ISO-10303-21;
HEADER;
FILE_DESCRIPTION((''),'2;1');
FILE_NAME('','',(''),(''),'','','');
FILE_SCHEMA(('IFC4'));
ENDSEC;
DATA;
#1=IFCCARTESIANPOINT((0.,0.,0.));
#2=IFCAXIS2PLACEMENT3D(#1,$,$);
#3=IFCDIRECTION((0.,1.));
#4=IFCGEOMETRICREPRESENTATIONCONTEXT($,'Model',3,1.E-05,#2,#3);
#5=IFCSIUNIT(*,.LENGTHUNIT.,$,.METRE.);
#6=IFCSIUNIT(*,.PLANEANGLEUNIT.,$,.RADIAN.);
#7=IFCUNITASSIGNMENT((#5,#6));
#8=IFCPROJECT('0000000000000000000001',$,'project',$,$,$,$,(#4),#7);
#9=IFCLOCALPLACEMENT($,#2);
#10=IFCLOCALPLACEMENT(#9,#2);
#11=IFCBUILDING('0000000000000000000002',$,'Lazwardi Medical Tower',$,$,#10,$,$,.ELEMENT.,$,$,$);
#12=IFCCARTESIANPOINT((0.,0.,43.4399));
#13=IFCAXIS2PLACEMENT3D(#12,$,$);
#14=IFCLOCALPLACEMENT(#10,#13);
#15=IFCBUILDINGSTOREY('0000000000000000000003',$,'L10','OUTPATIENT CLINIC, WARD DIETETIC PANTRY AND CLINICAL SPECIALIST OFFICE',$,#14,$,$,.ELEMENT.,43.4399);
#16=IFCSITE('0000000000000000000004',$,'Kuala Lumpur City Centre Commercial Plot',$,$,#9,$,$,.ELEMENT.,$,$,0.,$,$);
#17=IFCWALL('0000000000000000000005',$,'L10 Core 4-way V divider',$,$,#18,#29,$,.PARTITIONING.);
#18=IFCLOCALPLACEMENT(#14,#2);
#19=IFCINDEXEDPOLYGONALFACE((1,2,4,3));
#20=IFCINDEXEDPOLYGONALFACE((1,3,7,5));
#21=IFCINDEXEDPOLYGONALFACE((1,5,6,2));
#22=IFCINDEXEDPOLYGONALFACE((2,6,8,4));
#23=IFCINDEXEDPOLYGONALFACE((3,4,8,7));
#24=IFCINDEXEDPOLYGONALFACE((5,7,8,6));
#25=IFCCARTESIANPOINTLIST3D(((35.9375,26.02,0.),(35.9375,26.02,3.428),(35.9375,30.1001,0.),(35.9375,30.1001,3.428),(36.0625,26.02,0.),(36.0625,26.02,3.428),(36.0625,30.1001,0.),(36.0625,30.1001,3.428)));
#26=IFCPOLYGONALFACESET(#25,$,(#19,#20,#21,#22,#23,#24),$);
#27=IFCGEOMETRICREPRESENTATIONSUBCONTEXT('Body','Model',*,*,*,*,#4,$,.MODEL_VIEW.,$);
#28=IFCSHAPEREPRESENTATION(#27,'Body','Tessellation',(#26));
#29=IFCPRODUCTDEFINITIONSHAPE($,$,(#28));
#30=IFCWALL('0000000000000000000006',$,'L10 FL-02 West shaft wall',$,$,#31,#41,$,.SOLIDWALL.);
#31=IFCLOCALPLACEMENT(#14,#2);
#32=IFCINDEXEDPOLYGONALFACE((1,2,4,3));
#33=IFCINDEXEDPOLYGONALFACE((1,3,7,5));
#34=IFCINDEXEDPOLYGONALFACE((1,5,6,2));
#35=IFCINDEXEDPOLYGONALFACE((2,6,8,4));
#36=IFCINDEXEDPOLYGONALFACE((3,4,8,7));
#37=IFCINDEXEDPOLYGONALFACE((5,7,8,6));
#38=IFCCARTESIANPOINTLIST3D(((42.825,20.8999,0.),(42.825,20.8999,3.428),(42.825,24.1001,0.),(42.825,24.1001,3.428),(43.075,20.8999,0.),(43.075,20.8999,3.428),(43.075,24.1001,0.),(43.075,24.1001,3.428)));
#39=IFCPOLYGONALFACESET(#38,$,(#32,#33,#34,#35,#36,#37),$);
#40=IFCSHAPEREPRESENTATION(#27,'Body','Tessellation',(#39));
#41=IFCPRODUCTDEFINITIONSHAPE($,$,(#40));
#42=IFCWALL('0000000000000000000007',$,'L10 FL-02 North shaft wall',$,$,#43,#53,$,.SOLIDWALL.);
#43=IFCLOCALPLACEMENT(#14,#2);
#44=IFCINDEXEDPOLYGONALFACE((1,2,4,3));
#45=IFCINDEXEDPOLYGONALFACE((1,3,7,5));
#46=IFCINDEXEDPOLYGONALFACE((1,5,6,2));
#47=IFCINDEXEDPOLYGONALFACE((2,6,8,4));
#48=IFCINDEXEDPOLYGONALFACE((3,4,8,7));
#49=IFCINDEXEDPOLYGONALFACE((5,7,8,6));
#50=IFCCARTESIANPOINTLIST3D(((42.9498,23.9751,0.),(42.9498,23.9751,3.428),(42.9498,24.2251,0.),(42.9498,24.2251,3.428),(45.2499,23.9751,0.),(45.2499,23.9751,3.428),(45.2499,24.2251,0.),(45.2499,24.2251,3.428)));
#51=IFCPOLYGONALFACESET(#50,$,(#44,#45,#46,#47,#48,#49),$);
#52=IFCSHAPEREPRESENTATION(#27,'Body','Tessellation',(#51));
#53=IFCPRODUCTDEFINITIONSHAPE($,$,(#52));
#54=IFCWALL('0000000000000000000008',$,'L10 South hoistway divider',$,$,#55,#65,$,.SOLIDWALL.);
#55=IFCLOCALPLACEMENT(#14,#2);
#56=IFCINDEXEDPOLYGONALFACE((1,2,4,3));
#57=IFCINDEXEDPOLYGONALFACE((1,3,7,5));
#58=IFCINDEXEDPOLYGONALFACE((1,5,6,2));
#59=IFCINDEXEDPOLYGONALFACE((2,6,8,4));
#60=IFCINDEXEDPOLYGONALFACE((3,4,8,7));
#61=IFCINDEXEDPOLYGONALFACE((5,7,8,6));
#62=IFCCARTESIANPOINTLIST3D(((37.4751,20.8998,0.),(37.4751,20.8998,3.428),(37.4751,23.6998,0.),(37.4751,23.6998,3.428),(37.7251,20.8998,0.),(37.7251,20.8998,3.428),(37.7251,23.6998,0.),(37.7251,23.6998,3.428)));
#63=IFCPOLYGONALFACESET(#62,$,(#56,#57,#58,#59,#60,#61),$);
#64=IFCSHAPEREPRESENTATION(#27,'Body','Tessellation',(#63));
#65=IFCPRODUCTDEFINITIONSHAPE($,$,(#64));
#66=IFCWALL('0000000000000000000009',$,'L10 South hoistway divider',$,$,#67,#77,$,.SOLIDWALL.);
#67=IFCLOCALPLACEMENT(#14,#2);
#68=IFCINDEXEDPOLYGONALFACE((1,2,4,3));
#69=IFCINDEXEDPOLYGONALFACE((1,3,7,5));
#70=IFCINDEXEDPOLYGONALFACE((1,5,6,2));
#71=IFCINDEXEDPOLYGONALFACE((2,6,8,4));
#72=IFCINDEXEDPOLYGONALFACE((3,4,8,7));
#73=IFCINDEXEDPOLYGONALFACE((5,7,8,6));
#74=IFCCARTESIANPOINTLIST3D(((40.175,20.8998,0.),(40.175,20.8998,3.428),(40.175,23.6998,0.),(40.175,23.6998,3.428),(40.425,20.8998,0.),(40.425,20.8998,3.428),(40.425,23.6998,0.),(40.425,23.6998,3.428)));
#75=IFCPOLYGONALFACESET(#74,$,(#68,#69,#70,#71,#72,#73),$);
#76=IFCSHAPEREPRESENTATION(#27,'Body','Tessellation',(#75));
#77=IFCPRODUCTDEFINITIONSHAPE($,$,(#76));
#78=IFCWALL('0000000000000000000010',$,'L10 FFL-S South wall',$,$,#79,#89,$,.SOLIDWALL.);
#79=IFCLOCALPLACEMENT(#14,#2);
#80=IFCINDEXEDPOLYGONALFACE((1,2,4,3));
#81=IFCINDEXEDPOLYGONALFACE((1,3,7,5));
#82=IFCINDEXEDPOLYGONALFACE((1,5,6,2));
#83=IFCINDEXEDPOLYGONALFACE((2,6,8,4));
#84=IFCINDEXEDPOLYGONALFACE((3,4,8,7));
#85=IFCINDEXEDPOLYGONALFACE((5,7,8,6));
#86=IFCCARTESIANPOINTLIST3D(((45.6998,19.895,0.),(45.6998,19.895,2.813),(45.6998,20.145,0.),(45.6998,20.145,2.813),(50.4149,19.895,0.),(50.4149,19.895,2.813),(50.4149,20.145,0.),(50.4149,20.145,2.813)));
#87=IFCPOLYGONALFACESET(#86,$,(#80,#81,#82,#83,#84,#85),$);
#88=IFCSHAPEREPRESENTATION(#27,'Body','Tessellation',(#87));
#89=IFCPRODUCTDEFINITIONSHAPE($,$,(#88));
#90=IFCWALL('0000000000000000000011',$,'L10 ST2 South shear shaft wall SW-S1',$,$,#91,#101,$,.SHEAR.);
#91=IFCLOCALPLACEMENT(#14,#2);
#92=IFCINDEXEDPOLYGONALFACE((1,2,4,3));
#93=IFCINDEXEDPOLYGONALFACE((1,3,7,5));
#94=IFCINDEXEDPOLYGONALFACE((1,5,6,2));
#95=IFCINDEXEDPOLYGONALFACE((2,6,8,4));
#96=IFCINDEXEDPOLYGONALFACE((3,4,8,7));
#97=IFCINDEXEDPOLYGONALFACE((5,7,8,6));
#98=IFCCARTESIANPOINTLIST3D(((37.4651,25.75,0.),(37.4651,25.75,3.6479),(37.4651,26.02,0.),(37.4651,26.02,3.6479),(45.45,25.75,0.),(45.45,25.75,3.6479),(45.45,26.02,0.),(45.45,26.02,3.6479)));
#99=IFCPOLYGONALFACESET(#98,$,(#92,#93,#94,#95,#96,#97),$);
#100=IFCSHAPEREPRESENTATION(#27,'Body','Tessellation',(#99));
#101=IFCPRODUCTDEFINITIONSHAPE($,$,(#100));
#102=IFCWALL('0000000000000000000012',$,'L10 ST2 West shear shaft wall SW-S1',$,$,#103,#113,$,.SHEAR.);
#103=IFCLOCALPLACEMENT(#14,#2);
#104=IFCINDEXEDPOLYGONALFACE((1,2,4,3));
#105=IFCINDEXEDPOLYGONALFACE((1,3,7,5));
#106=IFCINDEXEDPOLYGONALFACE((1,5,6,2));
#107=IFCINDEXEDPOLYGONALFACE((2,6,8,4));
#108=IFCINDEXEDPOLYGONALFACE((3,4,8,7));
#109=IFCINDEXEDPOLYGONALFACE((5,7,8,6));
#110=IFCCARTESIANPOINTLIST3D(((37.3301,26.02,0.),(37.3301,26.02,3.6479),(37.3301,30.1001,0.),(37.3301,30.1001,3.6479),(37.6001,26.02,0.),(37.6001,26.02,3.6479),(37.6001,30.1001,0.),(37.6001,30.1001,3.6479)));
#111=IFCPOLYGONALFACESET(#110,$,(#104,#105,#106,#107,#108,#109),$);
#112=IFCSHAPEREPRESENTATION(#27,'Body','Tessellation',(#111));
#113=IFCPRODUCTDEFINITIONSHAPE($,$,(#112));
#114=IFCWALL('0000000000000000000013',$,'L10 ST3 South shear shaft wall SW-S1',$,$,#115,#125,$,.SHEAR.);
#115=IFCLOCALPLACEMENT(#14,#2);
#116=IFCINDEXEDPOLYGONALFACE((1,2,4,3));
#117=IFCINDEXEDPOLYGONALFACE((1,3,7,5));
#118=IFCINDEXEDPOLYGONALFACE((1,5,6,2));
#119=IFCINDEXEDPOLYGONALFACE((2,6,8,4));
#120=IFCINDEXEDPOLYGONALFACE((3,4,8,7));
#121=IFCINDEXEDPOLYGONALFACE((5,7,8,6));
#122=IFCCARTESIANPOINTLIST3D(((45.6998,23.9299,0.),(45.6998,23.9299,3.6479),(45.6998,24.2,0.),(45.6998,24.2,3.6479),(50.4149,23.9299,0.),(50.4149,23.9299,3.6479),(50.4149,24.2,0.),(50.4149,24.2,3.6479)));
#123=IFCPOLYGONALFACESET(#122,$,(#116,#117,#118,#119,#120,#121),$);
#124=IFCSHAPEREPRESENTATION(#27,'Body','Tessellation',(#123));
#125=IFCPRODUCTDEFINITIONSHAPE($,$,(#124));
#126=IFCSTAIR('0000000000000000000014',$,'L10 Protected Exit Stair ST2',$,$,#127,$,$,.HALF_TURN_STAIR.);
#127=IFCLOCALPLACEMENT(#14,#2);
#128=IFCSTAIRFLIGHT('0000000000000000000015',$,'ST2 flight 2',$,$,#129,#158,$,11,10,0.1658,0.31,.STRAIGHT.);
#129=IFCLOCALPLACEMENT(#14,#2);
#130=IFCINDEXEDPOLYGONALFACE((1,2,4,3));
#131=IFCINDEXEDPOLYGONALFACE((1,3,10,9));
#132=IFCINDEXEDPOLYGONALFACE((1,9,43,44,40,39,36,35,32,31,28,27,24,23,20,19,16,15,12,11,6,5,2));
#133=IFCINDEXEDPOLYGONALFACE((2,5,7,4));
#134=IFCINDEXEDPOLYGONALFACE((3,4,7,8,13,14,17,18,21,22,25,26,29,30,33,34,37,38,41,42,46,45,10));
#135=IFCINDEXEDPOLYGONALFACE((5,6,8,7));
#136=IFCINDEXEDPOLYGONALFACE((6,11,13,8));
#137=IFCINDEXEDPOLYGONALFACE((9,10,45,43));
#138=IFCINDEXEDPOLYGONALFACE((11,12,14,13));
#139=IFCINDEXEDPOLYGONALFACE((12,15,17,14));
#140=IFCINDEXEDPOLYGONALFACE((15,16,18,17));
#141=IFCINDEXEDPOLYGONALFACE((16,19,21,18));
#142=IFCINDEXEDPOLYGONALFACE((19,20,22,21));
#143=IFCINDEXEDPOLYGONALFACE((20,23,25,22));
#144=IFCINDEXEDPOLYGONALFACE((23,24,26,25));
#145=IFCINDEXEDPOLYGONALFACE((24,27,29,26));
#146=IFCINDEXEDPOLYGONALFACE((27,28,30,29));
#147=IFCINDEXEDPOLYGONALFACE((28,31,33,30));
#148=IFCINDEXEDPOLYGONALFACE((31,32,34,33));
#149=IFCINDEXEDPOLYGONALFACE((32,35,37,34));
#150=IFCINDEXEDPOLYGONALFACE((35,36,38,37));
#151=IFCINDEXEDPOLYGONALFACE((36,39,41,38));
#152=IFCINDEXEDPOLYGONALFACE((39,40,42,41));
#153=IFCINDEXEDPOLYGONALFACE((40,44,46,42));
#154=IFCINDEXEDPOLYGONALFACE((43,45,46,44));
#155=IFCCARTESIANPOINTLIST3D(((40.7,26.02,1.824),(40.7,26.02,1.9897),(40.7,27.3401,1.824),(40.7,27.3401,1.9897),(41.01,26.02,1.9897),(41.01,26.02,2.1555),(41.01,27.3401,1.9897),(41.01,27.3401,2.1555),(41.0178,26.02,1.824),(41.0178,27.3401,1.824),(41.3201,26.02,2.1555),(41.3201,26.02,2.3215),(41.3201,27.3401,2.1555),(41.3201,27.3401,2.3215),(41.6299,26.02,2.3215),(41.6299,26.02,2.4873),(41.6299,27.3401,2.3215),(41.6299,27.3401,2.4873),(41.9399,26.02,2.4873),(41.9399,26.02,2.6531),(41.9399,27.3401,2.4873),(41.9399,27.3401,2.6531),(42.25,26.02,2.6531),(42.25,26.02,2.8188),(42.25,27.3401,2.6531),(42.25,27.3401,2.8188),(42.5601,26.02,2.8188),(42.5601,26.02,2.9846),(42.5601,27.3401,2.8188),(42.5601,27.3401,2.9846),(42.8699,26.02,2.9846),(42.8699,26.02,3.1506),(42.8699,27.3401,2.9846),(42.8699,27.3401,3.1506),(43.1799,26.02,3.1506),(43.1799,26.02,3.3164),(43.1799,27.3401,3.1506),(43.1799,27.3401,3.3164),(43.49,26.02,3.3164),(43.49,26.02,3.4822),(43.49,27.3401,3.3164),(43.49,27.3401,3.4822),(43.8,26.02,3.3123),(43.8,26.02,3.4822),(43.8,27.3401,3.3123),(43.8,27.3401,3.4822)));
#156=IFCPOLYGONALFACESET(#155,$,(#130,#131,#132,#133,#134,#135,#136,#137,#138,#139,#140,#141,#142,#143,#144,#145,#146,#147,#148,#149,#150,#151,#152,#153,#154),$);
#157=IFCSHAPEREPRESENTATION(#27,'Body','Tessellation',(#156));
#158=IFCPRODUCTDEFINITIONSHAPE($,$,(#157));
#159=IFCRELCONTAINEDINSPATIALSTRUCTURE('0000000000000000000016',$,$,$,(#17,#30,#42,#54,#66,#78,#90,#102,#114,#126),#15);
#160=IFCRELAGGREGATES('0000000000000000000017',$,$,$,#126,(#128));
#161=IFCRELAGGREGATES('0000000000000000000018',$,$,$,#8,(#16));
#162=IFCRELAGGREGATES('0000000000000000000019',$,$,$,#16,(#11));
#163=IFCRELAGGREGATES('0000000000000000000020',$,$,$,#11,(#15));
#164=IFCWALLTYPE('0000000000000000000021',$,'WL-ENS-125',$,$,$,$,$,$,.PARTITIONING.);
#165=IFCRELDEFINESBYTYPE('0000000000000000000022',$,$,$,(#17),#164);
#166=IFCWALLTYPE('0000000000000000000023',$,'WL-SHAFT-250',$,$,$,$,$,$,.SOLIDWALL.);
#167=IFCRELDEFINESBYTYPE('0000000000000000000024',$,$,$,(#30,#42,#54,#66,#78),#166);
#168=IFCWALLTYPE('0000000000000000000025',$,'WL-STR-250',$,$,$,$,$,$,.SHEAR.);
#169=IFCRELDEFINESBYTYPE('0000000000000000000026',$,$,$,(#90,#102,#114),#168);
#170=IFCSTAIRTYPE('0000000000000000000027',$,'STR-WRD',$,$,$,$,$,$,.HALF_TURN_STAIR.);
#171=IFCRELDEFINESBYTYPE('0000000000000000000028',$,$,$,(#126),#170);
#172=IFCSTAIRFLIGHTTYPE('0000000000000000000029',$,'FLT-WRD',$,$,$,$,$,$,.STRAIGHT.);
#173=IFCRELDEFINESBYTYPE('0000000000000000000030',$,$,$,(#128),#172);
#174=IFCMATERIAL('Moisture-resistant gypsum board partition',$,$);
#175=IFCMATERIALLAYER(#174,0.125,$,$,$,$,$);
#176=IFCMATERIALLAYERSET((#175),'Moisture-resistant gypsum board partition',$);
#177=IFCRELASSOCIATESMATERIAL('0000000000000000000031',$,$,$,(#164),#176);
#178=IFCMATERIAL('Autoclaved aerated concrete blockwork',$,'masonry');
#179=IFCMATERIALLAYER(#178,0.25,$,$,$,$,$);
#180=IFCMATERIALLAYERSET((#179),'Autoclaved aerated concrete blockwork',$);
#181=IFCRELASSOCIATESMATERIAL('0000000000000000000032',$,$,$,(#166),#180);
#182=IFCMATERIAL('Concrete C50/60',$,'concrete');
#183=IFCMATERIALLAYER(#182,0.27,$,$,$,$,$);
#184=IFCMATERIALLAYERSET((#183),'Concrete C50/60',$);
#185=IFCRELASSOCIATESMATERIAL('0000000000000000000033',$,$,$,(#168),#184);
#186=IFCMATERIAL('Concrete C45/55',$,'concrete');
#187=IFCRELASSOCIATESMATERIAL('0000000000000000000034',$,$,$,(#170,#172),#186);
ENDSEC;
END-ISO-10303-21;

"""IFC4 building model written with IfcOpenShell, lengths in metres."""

from ifc_helpers import new_model, si_unit, direction, frame, frame_2d, origin, place, context, subcontext, project, spatial, polyline, rectangle, outline, extrude, material, layer, layer_set, type_object, element, aggregate, save


model = new_model("IFC4")

# Units and contexts
model_context = context("Model", 3, precision=1e-05, world=origin(), true_north=direction((0.0, 1.0)))
body_context = subcontext(model_context, "Body", "Model", "MODEL_VIEW")
ifc_project = project(units=[si_unit("LENGTHUNIT", "METRE"), si_unit("PLANEANGLEUNIT", "RADIAN")], contexts=[model_context])

# Site, building, storey
site_placement = place(None, origin())
site = spatial("IfcSite", under=ifc_project, at=site_placement, Name="Kuala Lumpur City Centre Commercial Plot", CompositionType="ELEMENT", RefElevation=0.0)
building_placement = place(site_placement, origin())
building = spatial("IfcBuilding", under=site, at=building_placement, Name="Lazwardi Medical Tower", CompositionType="ELEMENT")
storey_placement = place(building_placement, frame((0.0, 0.0, 43.4399)))
storey = spatial("IfcBuildingStorey", under=building, at=storey_placement, Name="L10", Description="OUTPATIENT CLINIC, WARD DIETETIC PANTRY AND CLINICAL SPECIALIST OFFICE", CompositionType="ELEMENT", Elevation=43.4399)

# Walls
ifc_material_1 = material(Name="Moisture-resistant gypsum board partition")
ifc_layer_1 = layer(ifc_material_1, 0.125)
ifc_layer_set_1 = layer_set([ifc_layer_1], Name="Moisture-resistant gypsum board partition")
wall_type_1 = type_object("IfcWallType", Name="WL-ENS-125", PredefinedType="PARTITIONING", material=ifc_layer_set_1)
wall_1_placement = place(storey_placement, frame((36.0, 26.02, 0.0), z_axis=(0.0, 0.0, 1.0), x_axis=(0.0, 1.0, 0.0)))
element("IfcWall", 1, at=wall_1_placement, inside=storey, type_object=wall_type_1, Name="L10 Core 4-way V divider", PredefinedType="PARTITIONING", context=body_context, shape_type="SweptSolid", body=[
    extrude(rectangle(XDim=4.0801, YDim=0.125, at=frame_2d((2.04, 0.0))), origin(), (0.0, 0.0, 1.0), 3.428),
])
ifc_material_2 = material(Name="Autoclaved aerated concrete blockwork", Category="masonry")
ifc_layer_2 = layer(ifc_material_2, 0.25)
ifc_layer_set_2 = layer_set([ifc_layer_2], Name="Autoclaved aerated concrete blockwork")
wall_type_2 = type_object("IfcWallType", Name="WL-SHAFT-250", PredefinedType="SOLIDWALL", material=ifc_layer_set_2)
wall_2_placement = place(storey_placement, frame((42.95, 20.8999, 0.0), z_axis=(0.0, 0.0, 1.0), x_axis=(0.0, 1.0, 0.0)))
element("IfcWall", 2, at=wall_2_placement, inside=storey, type_object=wall_type_2, Name="L10 FL-02 West shaft wall", PredefinedType="SOLIDWALL", context=body_context, shape_type="SweptSolid", body=[
    extrude(rectangle(XDim=3.2002, YDim=0.25, at=frame_2d((1.6001, 0.0))), origin(), (0.0, 0.0, 1.0), 3.428),
])
wall_3_placement = place(storey_placement, frame((42.95, 24.1001, 0.0), z_axis=(0.0, 0.0, 1.0), x_axis=(1.0, 0.0, 0.0)))
element("IfcWall", 3, at=wall_3_placement, inside=storey, type_object=wall_type_2, Name="L10 FL-02 North shaft wall", PredefinedType="SOLIDWALL", context=body_context, shape_type="SweptSolid", body=[
    extrude(rectangle(XDim=2.3, YDim=0.25, at=frame_2d((1.1499, 0.0))), origin(), (0.0, 0.0, 1.0), 3.428),
])
for number, where, z_axis, x_axis, name in (
    (4, (37.6001, 20.8999, 0.0), (0.0, 0.0, 1.0), (0.0, 1.0, 0.0), "L10 South hoistway divider"),
    (5, (40.3, 20.8999, 0.0), (0.0, 0.0, 1.0), (0.0, 1.0, 0.0), "L10 South hoistway divider"),
):
    element("IfcWall", number, at=place(storey_placement, frame(where, z_axis=z_axis, x_axis=x_axis)), inside=storey, type_object=wall_type_2, Name=name, PredefinedType="SOLIDWALL", context=body_context, shape_type="SweptSolid", body=[
        extrude(rectangle(XDim=2.8, YDim=0.25, at=frame_2d((1.3999, 0.0))), origin(), (0.0, 0.0, 1.0), 3.428),
    ])
wall_4_placement = place(storey_placement, frame((45.7, 20.02, 0.0), z_axis=(0.0, 0.0, 1.0), x_axis=(1.0, 0.0, 0.0)))
element("IfcWall", 6, at=wall_4_placement, inside=storey, type_object=wall_type_2, Name="L10 FFL-S South wall", PredefinedType="SOLIDWALL", context=body_context, shape_type="SweptSolid", body=[
    extrude(rectangle(XDim=4.7151, YDim=0.25, at=frame_2d((2.3574, 0.0))), origin(), (0.0, 0.0, 1.0), 2.813),
])
ifc_material_3 = material(Name="Concrete C50/60", Category="concrete")
ifc_layer_3 = layer(ifc_material_3, 0.27)
ifc_layer_set_3 = layer_set([ifc_layer_3], Name="Concrete C50/60")
wall_type_3 = type_object("IfcWallType", Name="WL-STR-250", PredefinedType="SHEAR", material=ifc_layer_set_3)
wall_5_placement = place(storey_placement, frame((37.4651, 25.885, 0.0), z_axis=(0.0, 0.0, 1.0), x_axis=(1.0, 0.0, 0.0)))
element("IfcWall", 7, at=wall_5_placement, inside=storey, type_object=wall_type_3, Name="L10 ST2 South shear shaft wall SW-S1", PredefinedType="SHEAR", context=body_context, shape_type="SweptSolid", body=[
    extrude(rectangle(XDim=7.9849, YDim=0.27, at=frame_2d((3.9924, 0.0))), origin(), (0.0, 0.0, 1.0), 3.6479),
])
wall_6_placement = place(storey_placement, frame((37.4651, 26.02, 0.0), z_axis=(0.0, 0.0, 1.0), x_axis=(0.0, 1.0, 0.0)))
element("IfcWall", 8, at=wall_6_placement, inside=storey, type_object=wall_type_3, Name="L10 ST2 West shear shaft wall SW-S1", PredefinedType="SHEAR", context=body_context, shape_type="SweptSolid", body=[
    extrude(rectangle(XDim=4.0801, YDim=0.27, at=frame_2d((2.04, 0.0))), origin(), (0.0, 0.0, 1.0), 3.6479),
])
wall_7_placement = place(storey_placement, frame((45.7, 24.0649, 0.0), z_axis=(0.0, 0.0, 1.0), x_axis=(1.0, 0.0, 0.0)))
element("IfcWall", 9, at=wall_7_placement, inside=storey, type_object=wall_type_3, Name="L10 ST3 South shear shaft wall SW-S1", PredefinedType="SHEAR", context=body_context, shape_type="SweptSolid", body=[
    extrude(rectangle(XDim=4.7151, YDim=0.27, at=frame_2d((2.3574, 0.0))), origin(), (0.0, 0.0, 1.0), 3.6479),
])

# Stair, stair flight
ifc_material_4 = material(Name="Concrete C45/55", Category="concrete")
stair_type = type_object("IfcStairType", Name="STR-WRD", PredefinedType="HALF_TURN_STAIR", material=ifc_material_4)
stair_placement = place(storey_placement, origin())
stair = element("IfcStair", 10, at=stair_placement, inside=storey, type_object=stair_type, Name="L10 Protected Exit Stair ST2", PredefinedType="HALF_TURN_STAIR")
stair_flight_type = type_object("IfcStairFlightType", Name="FLT-WRD", PredefinedType="STRAIGHT", material=ifc_material_4)
stair_flight_placement = place(storey_placement, frame((40.7, 26.6799, 1.824), z_axis=(0.0, 0.0, 1.0), x_axis=(1.0, 0.0, 0.0)))
stair_flight = element("IfcStairFlight", 11, at=stair_flight_placement, type_object=stair_flight_type, Name="ST2 flight 2", NumberOfRisers=11, NumberOfTreads=10, PredefinedType="STRAIGHT", RiserHeight=0.1658, TreadLength=0.31, context=body_context, shape_type="SweptSolid", body=[
    extrude(outline(polyline([(0.0, 0.0), (0.0, 0.1658), (0.3101, 0.1658), (0.3101, 0.3315), (0.6201, 0.3315), (0.6201, 0.4976), (0.9299, 0.4976), (0.9299, 0.6633), (1.24, 0.6633), (1.24, 0.8291), (1.55, 0.8291), (1.55, 0.9949), (1.8601, 0.9949), (1.8601, 1.1606), (2.1699, 1.1606), (2.1699, 1.3267), (2.48, 1.3267), (2.48, 1.4924), (2.79, 1.4924), (2.79, 1.6582), (3.1001, 1.6582), (3.1001, 1.824), (3.1001, 1.4883), (0.3179, 0.0), (0.0, 0.0)])), frame((0.0, 0.6602, 0.0), z_axis=(0.0, -1.0, 0.0), x_axis=(1.0, 0.0, 0.0)), (0.0, 0.0, 1.0), 1.3201),
])
aggregate(stair, [stair_flight])

save(model, "model.ifc")
